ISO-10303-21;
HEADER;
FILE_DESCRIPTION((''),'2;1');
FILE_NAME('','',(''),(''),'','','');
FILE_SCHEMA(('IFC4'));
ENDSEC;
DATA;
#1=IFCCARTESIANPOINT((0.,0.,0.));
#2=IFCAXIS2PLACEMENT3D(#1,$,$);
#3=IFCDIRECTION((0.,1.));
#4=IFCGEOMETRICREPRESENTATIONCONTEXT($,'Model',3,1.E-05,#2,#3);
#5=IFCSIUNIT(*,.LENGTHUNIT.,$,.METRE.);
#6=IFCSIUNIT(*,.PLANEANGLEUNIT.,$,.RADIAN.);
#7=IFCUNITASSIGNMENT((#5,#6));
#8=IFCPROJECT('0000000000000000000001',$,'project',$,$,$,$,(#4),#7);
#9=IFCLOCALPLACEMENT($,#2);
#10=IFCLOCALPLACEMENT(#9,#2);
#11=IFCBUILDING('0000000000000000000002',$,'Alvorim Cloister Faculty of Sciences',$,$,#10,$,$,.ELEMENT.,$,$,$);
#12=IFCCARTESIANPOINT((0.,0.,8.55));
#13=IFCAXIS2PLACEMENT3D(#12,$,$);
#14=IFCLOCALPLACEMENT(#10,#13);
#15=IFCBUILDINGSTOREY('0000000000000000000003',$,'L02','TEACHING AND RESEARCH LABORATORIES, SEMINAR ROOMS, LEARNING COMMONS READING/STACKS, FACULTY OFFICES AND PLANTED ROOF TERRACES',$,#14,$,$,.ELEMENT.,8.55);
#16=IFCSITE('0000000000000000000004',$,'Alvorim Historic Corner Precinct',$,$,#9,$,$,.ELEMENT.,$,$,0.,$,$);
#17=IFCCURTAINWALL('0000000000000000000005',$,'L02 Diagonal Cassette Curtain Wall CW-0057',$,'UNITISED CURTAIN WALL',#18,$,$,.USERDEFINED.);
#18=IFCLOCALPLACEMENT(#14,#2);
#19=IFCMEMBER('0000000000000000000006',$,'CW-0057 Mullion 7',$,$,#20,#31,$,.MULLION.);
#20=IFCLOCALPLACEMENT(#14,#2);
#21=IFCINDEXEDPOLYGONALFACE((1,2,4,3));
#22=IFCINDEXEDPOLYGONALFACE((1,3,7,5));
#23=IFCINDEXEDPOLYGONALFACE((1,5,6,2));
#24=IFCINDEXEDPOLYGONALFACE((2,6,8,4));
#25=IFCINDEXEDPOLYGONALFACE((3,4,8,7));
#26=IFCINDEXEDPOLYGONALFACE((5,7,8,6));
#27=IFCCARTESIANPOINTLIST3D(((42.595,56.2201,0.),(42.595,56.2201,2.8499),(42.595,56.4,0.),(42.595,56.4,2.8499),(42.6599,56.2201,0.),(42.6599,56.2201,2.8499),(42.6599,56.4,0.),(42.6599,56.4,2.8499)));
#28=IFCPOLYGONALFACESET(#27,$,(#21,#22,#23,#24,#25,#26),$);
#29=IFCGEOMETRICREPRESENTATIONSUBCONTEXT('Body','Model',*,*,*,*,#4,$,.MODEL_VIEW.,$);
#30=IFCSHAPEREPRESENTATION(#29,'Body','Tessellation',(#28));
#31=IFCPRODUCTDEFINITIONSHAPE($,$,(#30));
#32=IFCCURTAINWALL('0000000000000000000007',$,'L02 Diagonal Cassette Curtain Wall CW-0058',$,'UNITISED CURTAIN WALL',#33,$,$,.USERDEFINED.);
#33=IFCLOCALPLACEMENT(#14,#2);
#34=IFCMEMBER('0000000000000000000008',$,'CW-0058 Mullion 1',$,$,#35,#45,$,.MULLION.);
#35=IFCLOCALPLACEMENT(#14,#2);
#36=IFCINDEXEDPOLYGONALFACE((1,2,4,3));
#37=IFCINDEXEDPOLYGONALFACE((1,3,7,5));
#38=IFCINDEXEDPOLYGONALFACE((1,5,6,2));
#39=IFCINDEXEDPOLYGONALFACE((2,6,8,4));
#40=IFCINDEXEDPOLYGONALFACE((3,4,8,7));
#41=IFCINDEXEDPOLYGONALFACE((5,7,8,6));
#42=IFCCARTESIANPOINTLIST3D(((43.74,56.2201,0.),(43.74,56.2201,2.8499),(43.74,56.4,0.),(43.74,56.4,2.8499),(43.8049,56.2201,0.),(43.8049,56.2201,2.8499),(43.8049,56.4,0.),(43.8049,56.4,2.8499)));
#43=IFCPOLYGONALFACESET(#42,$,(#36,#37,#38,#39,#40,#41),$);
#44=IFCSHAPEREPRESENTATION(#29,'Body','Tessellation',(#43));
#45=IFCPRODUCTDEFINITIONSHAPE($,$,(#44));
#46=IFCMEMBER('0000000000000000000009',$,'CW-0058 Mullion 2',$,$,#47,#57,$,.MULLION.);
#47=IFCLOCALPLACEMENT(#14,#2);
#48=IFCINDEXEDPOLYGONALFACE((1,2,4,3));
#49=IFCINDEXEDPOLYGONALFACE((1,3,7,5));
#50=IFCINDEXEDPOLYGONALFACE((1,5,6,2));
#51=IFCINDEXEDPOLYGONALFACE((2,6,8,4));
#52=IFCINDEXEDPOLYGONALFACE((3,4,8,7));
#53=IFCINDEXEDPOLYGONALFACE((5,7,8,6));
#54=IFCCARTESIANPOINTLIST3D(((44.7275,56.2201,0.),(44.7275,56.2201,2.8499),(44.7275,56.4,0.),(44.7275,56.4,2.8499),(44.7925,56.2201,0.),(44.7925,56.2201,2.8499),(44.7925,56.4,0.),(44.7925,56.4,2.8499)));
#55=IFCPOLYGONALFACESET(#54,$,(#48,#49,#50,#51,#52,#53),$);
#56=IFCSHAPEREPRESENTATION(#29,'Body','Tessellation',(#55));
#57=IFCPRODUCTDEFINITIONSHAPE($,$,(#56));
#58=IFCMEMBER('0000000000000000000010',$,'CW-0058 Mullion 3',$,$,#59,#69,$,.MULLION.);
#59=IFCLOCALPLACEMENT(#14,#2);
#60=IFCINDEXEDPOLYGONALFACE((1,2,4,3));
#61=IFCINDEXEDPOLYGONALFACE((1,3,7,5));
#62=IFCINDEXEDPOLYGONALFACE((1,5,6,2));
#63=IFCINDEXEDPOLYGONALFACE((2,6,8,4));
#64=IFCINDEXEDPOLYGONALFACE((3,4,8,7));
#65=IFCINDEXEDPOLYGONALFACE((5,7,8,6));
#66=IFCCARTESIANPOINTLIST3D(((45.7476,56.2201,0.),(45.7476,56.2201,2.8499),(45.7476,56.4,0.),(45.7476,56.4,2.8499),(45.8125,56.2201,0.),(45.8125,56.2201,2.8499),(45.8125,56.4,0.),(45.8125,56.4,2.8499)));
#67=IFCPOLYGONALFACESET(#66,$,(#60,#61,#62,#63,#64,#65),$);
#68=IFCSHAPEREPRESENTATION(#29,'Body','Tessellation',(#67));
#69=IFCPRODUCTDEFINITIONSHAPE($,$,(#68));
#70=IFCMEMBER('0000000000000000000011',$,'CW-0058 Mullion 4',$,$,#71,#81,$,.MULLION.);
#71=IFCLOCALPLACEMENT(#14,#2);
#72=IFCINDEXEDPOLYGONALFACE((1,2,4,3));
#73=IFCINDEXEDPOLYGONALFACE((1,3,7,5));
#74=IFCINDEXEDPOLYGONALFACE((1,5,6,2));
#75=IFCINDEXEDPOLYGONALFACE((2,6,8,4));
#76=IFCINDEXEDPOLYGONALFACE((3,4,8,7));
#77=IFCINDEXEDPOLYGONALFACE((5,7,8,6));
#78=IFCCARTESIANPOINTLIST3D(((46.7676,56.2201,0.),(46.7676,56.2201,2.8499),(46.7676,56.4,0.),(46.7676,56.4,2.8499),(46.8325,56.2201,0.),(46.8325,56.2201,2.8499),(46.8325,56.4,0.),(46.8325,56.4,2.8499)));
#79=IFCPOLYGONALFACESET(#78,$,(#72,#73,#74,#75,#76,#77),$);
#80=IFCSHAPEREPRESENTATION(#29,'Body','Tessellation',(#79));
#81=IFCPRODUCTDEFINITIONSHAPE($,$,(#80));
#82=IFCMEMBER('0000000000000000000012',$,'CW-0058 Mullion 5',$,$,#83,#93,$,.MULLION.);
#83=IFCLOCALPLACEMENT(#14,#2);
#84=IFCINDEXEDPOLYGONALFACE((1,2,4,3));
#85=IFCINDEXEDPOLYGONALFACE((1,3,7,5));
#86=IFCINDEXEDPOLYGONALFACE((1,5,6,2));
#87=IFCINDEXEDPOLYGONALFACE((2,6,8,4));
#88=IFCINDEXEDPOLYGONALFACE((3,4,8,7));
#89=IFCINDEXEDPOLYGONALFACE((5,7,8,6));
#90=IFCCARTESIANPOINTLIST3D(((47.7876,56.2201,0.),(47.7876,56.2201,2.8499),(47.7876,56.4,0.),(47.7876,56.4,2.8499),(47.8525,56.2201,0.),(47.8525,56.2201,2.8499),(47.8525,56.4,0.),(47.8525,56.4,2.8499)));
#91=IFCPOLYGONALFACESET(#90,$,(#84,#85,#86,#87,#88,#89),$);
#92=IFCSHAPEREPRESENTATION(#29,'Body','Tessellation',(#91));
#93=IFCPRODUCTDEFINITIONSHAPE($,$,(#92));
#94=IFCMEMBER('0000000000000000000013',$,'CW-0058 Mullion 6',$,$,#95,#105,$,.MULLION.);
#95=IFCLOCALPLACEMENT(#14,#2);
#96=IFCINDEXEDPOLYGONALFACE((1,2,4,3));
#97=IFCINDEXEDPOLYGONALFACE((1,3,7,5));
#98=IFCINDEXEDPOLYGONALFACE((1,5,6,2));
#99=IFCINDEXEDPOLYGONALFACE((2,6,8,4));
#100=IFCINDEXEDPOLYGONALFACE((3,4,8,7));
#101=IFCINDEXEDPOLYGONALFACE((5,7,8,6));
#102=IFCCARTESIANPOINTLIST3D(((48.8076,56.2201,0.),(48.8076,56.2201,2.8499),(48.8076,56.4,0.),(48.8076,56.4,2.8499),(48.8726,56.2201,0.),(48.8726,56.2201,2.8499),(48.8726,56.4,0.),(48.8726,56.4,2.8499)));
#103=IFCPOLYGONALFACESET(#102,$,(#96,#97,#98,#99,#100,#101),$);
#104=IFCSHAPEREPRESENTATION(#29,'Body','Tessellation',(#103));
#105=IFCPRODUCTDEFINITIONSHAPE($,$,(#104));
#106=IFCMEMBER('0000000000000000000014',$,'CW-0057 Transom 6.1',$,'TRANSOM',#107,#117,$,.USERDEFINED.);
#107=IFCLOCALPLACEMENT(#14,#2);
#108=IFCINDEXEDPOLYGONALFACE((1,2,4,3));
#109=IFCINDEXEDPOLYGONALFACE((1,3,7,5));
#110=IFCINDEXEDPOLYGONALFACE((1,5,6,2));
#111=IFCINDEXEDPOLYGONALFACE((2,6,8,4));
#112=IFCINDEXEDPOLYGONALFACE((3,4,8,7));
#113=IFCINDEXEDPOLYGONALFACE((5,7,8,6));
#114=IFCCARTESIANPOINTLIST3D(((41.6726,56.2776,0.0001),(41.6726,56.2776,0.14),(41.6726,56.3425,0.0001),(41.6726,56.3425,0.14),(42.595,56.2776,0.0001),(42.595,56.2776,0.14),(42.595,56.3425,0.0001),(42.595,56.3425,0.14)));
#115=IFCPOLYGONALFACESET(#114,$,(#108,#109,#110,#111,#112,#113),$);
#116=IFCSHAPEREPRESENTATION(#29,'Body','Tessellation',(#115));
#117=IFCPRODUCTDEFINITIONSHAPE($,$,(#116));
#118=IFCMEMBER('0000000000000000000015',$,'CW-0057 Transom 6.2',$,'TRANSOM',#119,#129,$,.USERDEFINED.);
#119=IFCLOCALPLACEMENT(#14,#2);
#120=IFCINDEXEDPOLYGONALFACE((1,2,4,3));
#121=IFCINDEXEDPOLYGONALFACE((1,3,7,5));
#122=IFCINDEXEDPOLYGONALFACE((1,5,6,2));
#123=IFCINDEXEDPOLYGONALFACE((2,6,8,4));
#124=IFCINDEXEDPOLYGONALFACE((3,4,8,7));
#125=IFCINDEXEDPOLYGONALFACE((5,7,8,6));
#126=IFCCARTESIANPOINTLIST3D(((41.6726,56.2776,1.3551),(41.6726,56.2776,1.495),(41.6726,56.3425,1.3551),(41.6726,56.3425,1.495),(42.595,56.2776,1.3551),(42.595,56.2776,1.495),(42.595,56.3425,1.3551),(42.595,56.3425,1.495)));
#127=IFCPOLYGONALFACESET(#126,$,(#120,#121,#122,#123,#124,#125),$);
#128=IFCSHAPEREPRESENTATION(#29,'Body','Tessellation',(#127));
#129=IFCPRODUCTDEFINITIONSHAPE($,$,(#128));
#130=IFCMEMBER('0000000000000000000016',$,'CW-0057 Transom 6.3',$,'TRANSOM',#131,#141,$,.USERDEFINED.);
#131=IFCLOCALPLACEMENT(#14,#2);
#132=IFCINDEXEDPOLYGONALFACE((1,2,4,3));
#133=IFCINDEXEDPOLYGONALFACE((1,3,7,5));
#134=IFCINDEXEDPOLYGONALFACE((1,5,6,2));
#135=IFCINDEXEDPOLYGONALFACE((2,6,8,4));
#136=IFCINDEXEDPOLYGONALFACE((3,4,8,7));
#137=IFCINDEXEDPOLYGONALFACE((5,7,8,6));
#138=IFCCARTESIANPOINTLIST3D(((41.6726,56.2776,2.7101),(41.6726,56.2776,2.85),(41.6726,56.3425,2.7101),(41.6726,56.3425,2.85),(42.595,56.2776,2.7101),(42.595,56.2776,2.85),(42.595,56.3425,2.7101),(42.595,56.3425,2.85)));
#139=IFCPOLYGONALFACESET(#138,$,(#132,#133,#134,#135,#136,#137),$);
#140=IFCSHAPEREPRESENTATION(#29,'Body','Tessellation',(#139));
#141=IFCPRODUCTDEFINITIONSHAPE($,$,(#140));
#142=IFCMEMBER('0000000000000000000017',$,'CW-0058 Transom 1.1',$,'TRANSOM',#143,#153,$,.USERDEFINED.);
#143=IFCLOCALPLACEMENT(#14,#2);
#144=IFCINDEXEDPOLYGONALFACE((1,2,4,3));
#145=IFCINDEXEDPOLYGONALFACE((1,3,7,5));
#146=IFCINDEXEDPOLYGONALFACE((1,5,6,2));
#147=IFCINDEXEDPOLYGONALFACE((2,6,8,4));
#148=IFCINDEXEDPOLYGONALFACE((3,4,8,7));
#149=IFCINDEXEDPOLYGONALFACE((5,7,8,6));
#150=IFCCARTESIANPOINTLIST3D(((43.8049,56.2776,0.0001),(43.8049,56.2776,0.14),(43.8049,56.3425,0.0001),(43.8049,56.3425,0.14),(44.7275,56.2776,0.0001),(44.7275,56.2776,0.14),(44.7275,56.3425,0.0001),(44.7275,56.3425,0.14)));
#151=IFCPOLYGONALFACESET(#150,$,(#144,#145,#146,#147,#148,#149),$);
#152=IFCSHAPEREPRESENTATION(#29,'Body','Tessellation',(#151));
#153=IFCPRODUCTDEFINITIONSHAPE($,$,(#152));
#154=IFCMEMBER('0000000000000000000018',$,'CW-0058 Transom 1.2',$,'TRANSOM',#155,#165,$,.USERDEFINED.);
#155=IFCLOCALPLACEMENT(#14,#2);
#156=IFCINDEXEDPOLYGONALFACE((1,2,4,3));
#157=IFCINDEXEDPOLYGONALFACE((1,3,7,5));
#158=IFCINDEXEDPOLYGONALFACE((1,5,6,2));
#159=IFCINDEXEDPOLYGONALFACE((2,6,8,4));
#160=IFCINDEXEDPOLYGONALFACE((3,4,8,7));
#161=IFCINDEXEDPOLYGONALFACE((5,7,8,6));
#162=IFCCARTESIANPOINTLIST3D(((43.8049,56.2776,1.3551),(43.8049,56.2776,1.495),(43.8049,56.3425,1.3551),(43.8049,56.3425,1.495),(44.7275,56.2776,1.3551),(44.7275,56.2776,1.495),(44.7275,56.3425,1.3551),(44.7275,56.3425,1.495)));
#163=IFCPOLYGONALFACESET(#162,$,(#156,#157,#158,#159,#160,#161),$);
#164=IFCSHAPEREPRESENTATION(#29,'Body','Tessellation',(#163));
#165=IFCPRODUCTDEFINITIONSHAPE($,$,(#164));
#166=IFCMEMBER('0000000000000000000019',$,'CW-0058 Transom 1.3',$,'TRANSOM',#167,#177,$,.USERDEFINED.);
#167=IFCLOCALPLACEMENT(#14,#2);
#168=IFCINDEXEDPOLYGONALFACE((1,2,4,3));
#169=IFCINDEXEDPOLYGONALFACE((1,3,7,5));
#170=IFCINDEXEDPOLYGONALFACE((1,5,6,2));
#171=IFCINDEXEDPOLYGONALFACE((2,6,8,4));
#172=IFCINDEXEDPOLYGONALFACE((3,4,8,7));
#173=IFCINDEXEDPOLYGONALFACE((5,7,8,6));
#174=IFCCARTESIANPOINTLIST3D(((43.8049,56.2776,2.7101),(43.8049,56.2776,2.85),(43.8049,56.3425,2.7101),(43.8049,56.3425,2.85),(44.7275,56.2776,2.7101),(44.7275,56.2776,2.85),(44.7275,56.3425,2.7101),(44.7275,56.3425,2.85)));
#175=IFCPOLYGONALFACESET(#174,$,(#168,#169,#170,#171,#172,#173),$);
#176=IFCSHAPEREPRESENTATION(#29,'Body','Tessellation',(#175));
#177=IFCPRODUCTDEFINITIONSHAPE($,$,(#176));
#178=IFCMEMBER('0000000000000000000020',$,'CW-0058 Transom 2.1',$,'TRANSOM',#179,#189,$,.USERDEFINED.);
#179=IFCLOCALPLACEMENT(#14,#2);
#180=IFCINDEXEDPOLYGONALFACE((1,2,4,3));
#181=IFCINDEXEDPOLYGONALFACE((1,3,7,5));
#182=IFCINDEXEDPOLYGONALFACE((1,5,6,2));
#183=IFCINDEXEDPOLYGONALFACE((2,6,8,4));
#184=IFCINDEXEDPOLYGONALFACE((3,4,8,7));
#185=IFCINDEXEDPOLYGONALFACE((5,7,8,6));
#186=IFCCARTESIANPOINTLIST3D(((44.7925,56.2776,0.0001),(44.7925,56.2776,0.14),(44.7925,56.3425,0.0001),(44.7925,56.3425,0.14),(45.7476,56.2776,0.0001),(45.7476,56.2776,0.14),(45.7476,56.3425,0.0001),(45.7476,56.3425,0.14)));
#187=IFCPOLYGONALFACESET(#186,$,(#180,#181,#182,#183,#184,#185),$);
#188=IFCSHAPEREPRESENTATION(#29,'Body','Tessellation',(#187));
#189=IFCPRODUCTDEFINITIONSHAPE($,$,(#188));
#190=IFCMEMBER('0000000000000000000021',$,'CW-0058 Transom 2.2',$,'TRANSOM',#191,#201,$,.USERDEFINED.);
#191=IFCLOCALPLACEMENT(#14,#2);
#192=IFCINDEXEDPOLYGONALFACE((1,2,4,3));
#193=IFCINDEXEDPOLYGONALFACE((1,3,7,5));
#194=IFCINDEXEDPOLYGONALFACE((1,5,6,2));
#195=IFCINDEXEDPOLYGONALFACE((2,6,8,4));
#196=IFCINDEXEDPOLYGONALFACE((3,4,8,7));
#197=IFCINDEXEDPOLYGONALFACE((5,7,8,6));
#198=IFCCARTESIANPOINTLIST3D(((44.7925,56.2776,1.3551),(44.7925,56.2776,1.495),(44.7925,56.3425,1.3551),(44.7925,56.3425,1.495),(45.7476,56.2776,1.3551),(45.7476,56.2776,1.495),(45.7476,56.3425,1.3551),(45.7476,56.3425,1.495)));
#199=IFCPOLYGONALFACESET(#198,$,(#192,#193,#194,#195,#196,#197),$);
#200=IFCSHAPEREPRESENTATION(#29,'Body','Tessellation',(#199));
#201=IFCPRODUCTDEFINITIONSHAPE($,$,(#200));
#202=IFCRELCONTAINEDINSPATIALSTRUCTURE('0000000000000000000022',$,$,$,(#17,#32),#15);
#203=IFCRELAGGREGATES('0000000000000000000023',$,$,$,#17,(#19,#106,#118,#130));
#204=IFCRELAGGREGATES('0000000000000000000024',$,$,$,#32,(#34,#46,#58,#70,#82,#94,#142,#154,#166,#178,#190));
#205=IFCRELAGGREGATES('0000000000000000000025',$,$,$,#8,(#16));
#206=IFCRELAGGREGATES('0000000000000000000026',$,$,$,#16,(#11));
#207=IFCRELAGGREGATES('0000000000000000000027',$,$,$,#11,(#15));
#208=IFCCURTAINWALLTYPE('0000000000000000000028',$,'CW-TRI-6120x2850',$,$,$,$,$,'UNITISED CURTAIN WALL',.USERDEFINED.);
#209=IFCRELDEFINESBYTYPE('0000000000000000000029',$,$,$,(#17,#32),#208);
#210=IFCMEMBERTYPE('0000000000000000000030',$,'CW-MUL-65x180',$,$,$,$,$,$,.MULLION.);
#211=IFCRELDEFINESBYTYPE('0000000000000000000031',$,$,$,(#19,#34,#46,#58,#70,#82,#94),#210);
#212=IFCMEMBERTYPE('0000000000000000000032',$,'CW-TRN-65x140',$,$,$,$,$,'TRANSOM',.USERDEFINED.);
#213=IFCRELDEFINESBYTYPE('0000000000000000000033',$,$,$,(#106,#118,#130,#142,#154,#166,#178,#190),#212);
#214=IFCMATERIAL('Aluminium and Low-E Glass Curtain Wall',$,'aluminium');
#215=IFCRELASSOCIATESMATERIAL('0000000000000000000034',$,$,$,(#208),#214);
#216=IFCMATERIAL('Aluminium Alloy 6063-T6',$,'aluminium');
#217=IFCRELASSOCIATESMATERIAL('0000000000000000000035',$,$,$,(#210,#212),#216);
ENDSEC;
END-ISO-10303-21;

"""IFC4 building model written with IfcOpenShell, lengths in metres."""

from ifc_helpers import new_model, si_unit, direction, frame, origin, origin_2d, place, context, subcontext, project, spatial, rectangle, extrude, material, material_profile, profile_set, type_object, element, aggregate, save


model = new_model("IFC4")

# Units and contexts
model_context = context("Model", 3, precision=1e-05, world=origin(), true_north=direction((0.0, 1.0)))
body_context = subcontext(model_context, "Body", "Model", "MODEL_VIEW")
ifc_project = project(units=[si_unit("LENGTHUNIT", "METRE"), si_unit("PLANEANGLEUNIT", "RADIAN")], contexts=[model_context])

# Site, building, storey
site_placement = place(None, origin())
site = spatial("IfcSite", under=ifc_project, at=site_placement, Name="Alvorim Historic Corner Precinct", CompositionType="ELEMENT", RefElevation=0.0)
building_placement = place(site_placement, origin())
building = spatial("IfcBuilding", under=site, at=building_placement, Name="Alvorim Cloister Faculty of Sciences", CompositionType="ELEMENT")
storey_placement = place(building_placement, frame((0.0, 0.0, 8.55)))
storey = spatial("IfcBuildingStorey", under=building, at=storey_placement, Name="L02", Description="TEACHING AND RESEARCH LABORATORIES, SEMINAR ROOMS, LEARNING COMMONS READING/STACKS, FACULTY OFFICES AND PLANTED ROOF TERRACES", CompositionType="ELEMENT", Elevation=8.55)

# Curtain wall, member
ifc_material_1 = material(Name="Aluminium and Low-E Glass Curtain Wall", Category="aluminium")
curtain_wall_type = type_object("IfcCurtainWallType", Name="CW-TRI-6120x2850", ElementType="UNITISED CURTAIN WALL", PredefinedType="USERDEFINED", material=ifc_material_1)
curtain_wall_1_placement = place(storey_placement, origin())
curtain_wall_1 = element("IfcCurtainWall", 1, at=curtain_wall_1_placement, inside=storey, type_object=curtain_wall_type, Name="L02 Diagonal Cassette Curtain Wall CW-0057", ObjectType="UNITISED CURTAIN WALL", PredefinedType="USERDEFINED")
ifc_material_2 = material(Name="Aluminium Alloy 6063-T6", Category="aluminium")
ifc_material_profile_1 = material_profile(ifc_material_2, rectangle(XDim=0.0649, YDim=0.1799, at=origin_2d()), Name="ALU-MUL-65x180")
ifc_profile_set_1 = profile_set([ifc_material_profile_1], Name="Aluminium Alloy 6063-T6")
member_type_1 = type_object("IfcMemberType", Name="CW-MUL-65x180", PredefinedType="MULLION", material=ifc_profile_set_1)
member_1_placement = place(storey_placement, frame((42.6274, 56.3101, 0.0), z_axis=(0.0, 0.0, 1.0), x_axis=(1.0, 0.0, 0.0)))
member_1 = element("IfcMember", 2, at=member_1_placement, type_object=member_type_1, Name="CW-0057 Mullion 7", PredefinedType="MULLION", context=body_context, shape_type="SweptSolid", body=[
    extrude(rectangle(XDim=0.0649, YDim=0.1799, at=origin_2d()), origin(), (0.0, 0.0, 1.0), 2.8499),
])

# Curtain wall, members
curtain_wall_2_placement = place(storey_placement, origin())
curtain_wall_2 = element("IfcCurtainWall", 3, at=curtain_wall_2_placement, inside=storey, type_object=curtain_wall_type, Name="L02 Diagonal Cassette Curtain Wall CW-0058", ObjectType="UNITISED CURTAIN WALL", PredefinedType="USERDEFINED")
member_2_placement = place(storey_placement, frame((43.7725, 56.3101, 0.0), z_axis=(0.0, 0.0, 1.0), x_axis=(1.0, 0.0, 0.0)))
member_2 = element("IfcMember", 4, at=member_2_placement, type_object=member_type_1, Name="CW-0058 Mullion 1", PredefinedType="MULLION", context=body_context, shape_type="SweptSolid", body=[
    extrude(rectangle(XDim=0.0649, YDim=0.1799, at=origin_2d()), origin(), (0.0, 0.0, 1.0), 2.8499),
])
member_3_placement = place(storey_placement, frame((44.76, 56.3101, 0.0), z_axis=(0.0, 0.0, 1.0), x_axis=(1.0, 0.0, 0.0)))
member_3 = element("IfcMember", 5, at=member_3_placement, type_object=member_type_1, Name="CW-0058 Mullion 2", PredefinedType="MULLION", context=body_context, shape_type="SweptSolid", body=[
    extrude(rectangle(XDim=0.0649, YDim=0.1799, at=origin_2d()), origin(), (0.0, 0.0, 1.0), 2.8499),
])
member_4_placement = place(storey_placement, frame((45.78, 56.3101, 0.0), z_axis=(0.0, 0.0, 1.0), x_axis=(1.0, 0.0, 0.0)))
member_4 = element("IfcMember", 6, at=member_4_placement, type_object=member_type_1, Name="CW-0058 Mullion 3", PredefinedType="MULLION", context=body_context, shape_type="SweptSolid", body=[
    extrude(rectangle(XDim=0.0649, YDim=0.1799, at=origin_2d()), origin(), (0.0, 0.0, 1.0), 2.8499),
])
member_5_placement = place(storey_placement, frame((46.8, 56.3101, 0.0), z_axis=(0.0, 0.0, 1.0), x_axis=(1.0, 0.0, 0.0)))
member_5 = element("IfcMember", 7, at=member_5_placement, type_object=member_type_1, Name="CW-0058 Mullion 4", PredefinedType="MULLION", context=body_context, shape_type="SweptSolid", body=[
    extrude(rectangle(XDim=0.0649, YDim=0.1799, at=origin_2d()), origin(), (0.0, 0.0, 1.0), 2.8499),
])
member_6_placement = place(storey_placement, frame((47.8201, 56.3101, 0.0), z_axis=(0.0, 0.0, 1.0), x_axis=(1.0, 0.0, 0.0)))
member_6 = element("IfcMember", 8, at=member_6_placement, type_object=member_type_1, Name="CW-0058 Mullion 5", PredefinedType="MULLION", context=body_context, shape_type="SweptSolid", body=[
    extrude(rectangle(XDim=0.0649, YDim=0.1799, at=origin_2d()), origin(), (0.0, 0.0, 1.0), 2.8499),
])
member_7_placement = place(storey_placement, frame((48.8401, 56.3101, 0.0), z_axis=(0.0, 0.0, 1.0), x_axis=(1.0, 0.0, 0.0)))
member_7 = element("IfcMember", 9, at=member_7_placement, type_object=member_type_1, Name="CW-0058 Mullion 6", PredefinedType="MULLION", context=body_context, shape_type="SweptSolid", body=[
    extrude(rectangle(XDim=0.0649, YDim=0.1799, at=origin_2d()), origin(), (0.0, 0.0, 1.0), 2.8499),
])

# Members
ifc_material_profile_2 = material_profile(ifc_material_2, rectangle(XDim=0.0649, YDim=0.1399, at=origin_2d()), Name="ALU-TRN-65x140")
ifc_profile_set_2 = profile_set([ifc_material_profile_2], Name="Aluminium Alloy 6063-T6")
member_type_2 = type_object("IfcMemberType", Name="CW-TRN-65x140", ElementType="TRANSOM", PredefinedType="USERDEFINED", material=ifc_profile_set_2)
member_8_placement = place(storey_placement, frame((41.6726, 56.3101, 0.0701), z_axis=(1.0, 0.0, 0.0), x_axis=(0.0, 1.0, 0.0)))
member_8 = element("IfcMember", 10, at=member_8_placement, type_object=member_type_2, Name="CW-0057 Transom 6.1", ObjectType="TRANSOM", PredefinedType="USERDEFINED", context=body_context, shape_type="SweptSolid", body=[
    extrude(rectangle(XDim=0.0649, YDim=0.1399, at=origin_2d()), origin(), (0.0, 0.0, 1.0), 0.9224),
])
member_9_placement = place(storey_placement, frame((41.6726, 56.3101, 1.425), z_axis=(1.0, 0.0, 0.0), x_axis=(0.0, 1.0, 0.0)))
member_9 = element("IfcMember", 11, at=member_9_placement, type_object=member_type_2, Name="CW-0057 Transom 6.2", ObjectType="TRANSOM", PredefinedType="USERDEFINED", context=body_context, shape_type="SweptSolid", body=[
    extrude(rectangle(XDim=0.0649, YDim=0.1399, at=origin_2d()), origin(), (0.0, 0.0, 1.0), 0.9224),
])
member_10_placement = place(storey_placement, frame((41.6726, 56.3101, 2.78), z_axis=(1.0, 0.0, 0.0), x_axis=(0.0, 1.0, 0.0)))
member_10 = element("IfcMember", 12, at=member_10_placement, type_object=member_type_2, Name="CW-0057 Transom 6.3", ObjectType="TRANSOM", PredefinedType="USERDEFINED", context=body_context, shape_type="SweptSolid", body=[
    extrude(rectangle(XDim=0.0649, YDim=0.1399, at=origin_2d()), origin(), (0.0, 0.0, 1.0), 0.9224),
])
aggregate(curtain_wall_1, [member_1, member_8, member_9, member_10])
member_11_placement = place(storey_placement, frame((43.8049, 56.3101, 0.0701), z_axis=(1.0, 0.0, 0.0), x_axis=(0.0, 1.0, 0.0)))
member_11 = element("IfcMember", 13, at=member_11_placement, type_object=member_type_2, Name="CW-0058 Transom 1.1", ObjectType="TRANSOM", PredefinedType="USERDEFINED", context=body_context, shape_type="SweptSolid", body=[
    extrude(rectangle(XDim=0.0649, YDim=0.1399, at=origin_2d()), origin(), (0.0, 0.0, 1.0), 0.9226),
])
member_12_placement = place(storey_placement, frame((43.8049, 56.3101, 1.425), z_axis=(1.0, 0.0, 0.0), x_axis=(0.0, 1.0, 0.0)))
member_12 = element("IfcMember", 14, at=member_12_placement, type_object=member_type_2, Name="CW-0058 Transom 1.2", ObjectType="TRANSOM", PredefinedType="USERDEFINED", context=body_context, shape_type="SweptSolid", body=[
    extrude(rectangle(XDim=0.0649, YDim=0.1399, at=origin_2d()), origin(), (0.0, 0.0, 1.0), 0.9226),
])
member_13_placement = place(storey_placement, frame((43.8049, 56.3101, 2.78), z_axis=(1.0, 0.0, 0.0), x_axis=(0.0, 1.0, 0.0)))
member_13 = element("IfcMember", 15, at=member_13_placement, type_object=member_type_2, Name="CW-0058 Transom 1.3", ObjectType="TRANSOM", PredefinedType="USERDEFINED", context=body_context, shape_type="SweptSolid", body=[
    extrude(rectangle(XDim=0.0649, YDim=0.1399, at=origin_2d()), origin(), (0.0, 0.0, 1.0), 0.9226),
])
member_14_placement = place(storey_placement, frame((44.7925, 56.3101, 0.0701), z_axis=(1.0, 0.0, 0.0), x_axis=(0.0, 1.0, 0.0)))
member_14 = element("IfcMember", 16, at=member_14_placement, type_object=member_type_2, Name="CW-0058 Transom 2.1", ObjectType="TRANSOM", PredefinedType="USERDEFINED", context=body_context, shape_type="SweptSolid", body=[
    extrude(rectangle(XDim=0.0649, YDim=0.1399, at=origin_2d()), origin(), (0.0, 0.0, 1.0), 0.9551),
])
member_15_placement = place(storey_placement, frame((44.7925, 56.3101, 1.425), z_axis=(1.0, 0.0, 0.0), x_axis=(0.0, 1.0, 0.0)))
member_15 = element("IfcMember", 17, at=member_15_placement, type_object=member_type_2, Name="CW-0058 Transom 2.2", ObjectType="TRANSOM", PredefinedType="USERDEFINED", context=body_context, shape_type="SweptSolid", body=[
    extrude(rectangle(XDim=0.0649, YDim=0.1399, at=origin_2d()), origin(), (0.0, 0.0, 1.0), 0.9551),
])
aggregate(curtain_wall_2, [member_2, member_3, member_4, member_5, member_6, member_7, member_11, member_12, member_13, member_14, member_15])

save(model, "model.ifc")
